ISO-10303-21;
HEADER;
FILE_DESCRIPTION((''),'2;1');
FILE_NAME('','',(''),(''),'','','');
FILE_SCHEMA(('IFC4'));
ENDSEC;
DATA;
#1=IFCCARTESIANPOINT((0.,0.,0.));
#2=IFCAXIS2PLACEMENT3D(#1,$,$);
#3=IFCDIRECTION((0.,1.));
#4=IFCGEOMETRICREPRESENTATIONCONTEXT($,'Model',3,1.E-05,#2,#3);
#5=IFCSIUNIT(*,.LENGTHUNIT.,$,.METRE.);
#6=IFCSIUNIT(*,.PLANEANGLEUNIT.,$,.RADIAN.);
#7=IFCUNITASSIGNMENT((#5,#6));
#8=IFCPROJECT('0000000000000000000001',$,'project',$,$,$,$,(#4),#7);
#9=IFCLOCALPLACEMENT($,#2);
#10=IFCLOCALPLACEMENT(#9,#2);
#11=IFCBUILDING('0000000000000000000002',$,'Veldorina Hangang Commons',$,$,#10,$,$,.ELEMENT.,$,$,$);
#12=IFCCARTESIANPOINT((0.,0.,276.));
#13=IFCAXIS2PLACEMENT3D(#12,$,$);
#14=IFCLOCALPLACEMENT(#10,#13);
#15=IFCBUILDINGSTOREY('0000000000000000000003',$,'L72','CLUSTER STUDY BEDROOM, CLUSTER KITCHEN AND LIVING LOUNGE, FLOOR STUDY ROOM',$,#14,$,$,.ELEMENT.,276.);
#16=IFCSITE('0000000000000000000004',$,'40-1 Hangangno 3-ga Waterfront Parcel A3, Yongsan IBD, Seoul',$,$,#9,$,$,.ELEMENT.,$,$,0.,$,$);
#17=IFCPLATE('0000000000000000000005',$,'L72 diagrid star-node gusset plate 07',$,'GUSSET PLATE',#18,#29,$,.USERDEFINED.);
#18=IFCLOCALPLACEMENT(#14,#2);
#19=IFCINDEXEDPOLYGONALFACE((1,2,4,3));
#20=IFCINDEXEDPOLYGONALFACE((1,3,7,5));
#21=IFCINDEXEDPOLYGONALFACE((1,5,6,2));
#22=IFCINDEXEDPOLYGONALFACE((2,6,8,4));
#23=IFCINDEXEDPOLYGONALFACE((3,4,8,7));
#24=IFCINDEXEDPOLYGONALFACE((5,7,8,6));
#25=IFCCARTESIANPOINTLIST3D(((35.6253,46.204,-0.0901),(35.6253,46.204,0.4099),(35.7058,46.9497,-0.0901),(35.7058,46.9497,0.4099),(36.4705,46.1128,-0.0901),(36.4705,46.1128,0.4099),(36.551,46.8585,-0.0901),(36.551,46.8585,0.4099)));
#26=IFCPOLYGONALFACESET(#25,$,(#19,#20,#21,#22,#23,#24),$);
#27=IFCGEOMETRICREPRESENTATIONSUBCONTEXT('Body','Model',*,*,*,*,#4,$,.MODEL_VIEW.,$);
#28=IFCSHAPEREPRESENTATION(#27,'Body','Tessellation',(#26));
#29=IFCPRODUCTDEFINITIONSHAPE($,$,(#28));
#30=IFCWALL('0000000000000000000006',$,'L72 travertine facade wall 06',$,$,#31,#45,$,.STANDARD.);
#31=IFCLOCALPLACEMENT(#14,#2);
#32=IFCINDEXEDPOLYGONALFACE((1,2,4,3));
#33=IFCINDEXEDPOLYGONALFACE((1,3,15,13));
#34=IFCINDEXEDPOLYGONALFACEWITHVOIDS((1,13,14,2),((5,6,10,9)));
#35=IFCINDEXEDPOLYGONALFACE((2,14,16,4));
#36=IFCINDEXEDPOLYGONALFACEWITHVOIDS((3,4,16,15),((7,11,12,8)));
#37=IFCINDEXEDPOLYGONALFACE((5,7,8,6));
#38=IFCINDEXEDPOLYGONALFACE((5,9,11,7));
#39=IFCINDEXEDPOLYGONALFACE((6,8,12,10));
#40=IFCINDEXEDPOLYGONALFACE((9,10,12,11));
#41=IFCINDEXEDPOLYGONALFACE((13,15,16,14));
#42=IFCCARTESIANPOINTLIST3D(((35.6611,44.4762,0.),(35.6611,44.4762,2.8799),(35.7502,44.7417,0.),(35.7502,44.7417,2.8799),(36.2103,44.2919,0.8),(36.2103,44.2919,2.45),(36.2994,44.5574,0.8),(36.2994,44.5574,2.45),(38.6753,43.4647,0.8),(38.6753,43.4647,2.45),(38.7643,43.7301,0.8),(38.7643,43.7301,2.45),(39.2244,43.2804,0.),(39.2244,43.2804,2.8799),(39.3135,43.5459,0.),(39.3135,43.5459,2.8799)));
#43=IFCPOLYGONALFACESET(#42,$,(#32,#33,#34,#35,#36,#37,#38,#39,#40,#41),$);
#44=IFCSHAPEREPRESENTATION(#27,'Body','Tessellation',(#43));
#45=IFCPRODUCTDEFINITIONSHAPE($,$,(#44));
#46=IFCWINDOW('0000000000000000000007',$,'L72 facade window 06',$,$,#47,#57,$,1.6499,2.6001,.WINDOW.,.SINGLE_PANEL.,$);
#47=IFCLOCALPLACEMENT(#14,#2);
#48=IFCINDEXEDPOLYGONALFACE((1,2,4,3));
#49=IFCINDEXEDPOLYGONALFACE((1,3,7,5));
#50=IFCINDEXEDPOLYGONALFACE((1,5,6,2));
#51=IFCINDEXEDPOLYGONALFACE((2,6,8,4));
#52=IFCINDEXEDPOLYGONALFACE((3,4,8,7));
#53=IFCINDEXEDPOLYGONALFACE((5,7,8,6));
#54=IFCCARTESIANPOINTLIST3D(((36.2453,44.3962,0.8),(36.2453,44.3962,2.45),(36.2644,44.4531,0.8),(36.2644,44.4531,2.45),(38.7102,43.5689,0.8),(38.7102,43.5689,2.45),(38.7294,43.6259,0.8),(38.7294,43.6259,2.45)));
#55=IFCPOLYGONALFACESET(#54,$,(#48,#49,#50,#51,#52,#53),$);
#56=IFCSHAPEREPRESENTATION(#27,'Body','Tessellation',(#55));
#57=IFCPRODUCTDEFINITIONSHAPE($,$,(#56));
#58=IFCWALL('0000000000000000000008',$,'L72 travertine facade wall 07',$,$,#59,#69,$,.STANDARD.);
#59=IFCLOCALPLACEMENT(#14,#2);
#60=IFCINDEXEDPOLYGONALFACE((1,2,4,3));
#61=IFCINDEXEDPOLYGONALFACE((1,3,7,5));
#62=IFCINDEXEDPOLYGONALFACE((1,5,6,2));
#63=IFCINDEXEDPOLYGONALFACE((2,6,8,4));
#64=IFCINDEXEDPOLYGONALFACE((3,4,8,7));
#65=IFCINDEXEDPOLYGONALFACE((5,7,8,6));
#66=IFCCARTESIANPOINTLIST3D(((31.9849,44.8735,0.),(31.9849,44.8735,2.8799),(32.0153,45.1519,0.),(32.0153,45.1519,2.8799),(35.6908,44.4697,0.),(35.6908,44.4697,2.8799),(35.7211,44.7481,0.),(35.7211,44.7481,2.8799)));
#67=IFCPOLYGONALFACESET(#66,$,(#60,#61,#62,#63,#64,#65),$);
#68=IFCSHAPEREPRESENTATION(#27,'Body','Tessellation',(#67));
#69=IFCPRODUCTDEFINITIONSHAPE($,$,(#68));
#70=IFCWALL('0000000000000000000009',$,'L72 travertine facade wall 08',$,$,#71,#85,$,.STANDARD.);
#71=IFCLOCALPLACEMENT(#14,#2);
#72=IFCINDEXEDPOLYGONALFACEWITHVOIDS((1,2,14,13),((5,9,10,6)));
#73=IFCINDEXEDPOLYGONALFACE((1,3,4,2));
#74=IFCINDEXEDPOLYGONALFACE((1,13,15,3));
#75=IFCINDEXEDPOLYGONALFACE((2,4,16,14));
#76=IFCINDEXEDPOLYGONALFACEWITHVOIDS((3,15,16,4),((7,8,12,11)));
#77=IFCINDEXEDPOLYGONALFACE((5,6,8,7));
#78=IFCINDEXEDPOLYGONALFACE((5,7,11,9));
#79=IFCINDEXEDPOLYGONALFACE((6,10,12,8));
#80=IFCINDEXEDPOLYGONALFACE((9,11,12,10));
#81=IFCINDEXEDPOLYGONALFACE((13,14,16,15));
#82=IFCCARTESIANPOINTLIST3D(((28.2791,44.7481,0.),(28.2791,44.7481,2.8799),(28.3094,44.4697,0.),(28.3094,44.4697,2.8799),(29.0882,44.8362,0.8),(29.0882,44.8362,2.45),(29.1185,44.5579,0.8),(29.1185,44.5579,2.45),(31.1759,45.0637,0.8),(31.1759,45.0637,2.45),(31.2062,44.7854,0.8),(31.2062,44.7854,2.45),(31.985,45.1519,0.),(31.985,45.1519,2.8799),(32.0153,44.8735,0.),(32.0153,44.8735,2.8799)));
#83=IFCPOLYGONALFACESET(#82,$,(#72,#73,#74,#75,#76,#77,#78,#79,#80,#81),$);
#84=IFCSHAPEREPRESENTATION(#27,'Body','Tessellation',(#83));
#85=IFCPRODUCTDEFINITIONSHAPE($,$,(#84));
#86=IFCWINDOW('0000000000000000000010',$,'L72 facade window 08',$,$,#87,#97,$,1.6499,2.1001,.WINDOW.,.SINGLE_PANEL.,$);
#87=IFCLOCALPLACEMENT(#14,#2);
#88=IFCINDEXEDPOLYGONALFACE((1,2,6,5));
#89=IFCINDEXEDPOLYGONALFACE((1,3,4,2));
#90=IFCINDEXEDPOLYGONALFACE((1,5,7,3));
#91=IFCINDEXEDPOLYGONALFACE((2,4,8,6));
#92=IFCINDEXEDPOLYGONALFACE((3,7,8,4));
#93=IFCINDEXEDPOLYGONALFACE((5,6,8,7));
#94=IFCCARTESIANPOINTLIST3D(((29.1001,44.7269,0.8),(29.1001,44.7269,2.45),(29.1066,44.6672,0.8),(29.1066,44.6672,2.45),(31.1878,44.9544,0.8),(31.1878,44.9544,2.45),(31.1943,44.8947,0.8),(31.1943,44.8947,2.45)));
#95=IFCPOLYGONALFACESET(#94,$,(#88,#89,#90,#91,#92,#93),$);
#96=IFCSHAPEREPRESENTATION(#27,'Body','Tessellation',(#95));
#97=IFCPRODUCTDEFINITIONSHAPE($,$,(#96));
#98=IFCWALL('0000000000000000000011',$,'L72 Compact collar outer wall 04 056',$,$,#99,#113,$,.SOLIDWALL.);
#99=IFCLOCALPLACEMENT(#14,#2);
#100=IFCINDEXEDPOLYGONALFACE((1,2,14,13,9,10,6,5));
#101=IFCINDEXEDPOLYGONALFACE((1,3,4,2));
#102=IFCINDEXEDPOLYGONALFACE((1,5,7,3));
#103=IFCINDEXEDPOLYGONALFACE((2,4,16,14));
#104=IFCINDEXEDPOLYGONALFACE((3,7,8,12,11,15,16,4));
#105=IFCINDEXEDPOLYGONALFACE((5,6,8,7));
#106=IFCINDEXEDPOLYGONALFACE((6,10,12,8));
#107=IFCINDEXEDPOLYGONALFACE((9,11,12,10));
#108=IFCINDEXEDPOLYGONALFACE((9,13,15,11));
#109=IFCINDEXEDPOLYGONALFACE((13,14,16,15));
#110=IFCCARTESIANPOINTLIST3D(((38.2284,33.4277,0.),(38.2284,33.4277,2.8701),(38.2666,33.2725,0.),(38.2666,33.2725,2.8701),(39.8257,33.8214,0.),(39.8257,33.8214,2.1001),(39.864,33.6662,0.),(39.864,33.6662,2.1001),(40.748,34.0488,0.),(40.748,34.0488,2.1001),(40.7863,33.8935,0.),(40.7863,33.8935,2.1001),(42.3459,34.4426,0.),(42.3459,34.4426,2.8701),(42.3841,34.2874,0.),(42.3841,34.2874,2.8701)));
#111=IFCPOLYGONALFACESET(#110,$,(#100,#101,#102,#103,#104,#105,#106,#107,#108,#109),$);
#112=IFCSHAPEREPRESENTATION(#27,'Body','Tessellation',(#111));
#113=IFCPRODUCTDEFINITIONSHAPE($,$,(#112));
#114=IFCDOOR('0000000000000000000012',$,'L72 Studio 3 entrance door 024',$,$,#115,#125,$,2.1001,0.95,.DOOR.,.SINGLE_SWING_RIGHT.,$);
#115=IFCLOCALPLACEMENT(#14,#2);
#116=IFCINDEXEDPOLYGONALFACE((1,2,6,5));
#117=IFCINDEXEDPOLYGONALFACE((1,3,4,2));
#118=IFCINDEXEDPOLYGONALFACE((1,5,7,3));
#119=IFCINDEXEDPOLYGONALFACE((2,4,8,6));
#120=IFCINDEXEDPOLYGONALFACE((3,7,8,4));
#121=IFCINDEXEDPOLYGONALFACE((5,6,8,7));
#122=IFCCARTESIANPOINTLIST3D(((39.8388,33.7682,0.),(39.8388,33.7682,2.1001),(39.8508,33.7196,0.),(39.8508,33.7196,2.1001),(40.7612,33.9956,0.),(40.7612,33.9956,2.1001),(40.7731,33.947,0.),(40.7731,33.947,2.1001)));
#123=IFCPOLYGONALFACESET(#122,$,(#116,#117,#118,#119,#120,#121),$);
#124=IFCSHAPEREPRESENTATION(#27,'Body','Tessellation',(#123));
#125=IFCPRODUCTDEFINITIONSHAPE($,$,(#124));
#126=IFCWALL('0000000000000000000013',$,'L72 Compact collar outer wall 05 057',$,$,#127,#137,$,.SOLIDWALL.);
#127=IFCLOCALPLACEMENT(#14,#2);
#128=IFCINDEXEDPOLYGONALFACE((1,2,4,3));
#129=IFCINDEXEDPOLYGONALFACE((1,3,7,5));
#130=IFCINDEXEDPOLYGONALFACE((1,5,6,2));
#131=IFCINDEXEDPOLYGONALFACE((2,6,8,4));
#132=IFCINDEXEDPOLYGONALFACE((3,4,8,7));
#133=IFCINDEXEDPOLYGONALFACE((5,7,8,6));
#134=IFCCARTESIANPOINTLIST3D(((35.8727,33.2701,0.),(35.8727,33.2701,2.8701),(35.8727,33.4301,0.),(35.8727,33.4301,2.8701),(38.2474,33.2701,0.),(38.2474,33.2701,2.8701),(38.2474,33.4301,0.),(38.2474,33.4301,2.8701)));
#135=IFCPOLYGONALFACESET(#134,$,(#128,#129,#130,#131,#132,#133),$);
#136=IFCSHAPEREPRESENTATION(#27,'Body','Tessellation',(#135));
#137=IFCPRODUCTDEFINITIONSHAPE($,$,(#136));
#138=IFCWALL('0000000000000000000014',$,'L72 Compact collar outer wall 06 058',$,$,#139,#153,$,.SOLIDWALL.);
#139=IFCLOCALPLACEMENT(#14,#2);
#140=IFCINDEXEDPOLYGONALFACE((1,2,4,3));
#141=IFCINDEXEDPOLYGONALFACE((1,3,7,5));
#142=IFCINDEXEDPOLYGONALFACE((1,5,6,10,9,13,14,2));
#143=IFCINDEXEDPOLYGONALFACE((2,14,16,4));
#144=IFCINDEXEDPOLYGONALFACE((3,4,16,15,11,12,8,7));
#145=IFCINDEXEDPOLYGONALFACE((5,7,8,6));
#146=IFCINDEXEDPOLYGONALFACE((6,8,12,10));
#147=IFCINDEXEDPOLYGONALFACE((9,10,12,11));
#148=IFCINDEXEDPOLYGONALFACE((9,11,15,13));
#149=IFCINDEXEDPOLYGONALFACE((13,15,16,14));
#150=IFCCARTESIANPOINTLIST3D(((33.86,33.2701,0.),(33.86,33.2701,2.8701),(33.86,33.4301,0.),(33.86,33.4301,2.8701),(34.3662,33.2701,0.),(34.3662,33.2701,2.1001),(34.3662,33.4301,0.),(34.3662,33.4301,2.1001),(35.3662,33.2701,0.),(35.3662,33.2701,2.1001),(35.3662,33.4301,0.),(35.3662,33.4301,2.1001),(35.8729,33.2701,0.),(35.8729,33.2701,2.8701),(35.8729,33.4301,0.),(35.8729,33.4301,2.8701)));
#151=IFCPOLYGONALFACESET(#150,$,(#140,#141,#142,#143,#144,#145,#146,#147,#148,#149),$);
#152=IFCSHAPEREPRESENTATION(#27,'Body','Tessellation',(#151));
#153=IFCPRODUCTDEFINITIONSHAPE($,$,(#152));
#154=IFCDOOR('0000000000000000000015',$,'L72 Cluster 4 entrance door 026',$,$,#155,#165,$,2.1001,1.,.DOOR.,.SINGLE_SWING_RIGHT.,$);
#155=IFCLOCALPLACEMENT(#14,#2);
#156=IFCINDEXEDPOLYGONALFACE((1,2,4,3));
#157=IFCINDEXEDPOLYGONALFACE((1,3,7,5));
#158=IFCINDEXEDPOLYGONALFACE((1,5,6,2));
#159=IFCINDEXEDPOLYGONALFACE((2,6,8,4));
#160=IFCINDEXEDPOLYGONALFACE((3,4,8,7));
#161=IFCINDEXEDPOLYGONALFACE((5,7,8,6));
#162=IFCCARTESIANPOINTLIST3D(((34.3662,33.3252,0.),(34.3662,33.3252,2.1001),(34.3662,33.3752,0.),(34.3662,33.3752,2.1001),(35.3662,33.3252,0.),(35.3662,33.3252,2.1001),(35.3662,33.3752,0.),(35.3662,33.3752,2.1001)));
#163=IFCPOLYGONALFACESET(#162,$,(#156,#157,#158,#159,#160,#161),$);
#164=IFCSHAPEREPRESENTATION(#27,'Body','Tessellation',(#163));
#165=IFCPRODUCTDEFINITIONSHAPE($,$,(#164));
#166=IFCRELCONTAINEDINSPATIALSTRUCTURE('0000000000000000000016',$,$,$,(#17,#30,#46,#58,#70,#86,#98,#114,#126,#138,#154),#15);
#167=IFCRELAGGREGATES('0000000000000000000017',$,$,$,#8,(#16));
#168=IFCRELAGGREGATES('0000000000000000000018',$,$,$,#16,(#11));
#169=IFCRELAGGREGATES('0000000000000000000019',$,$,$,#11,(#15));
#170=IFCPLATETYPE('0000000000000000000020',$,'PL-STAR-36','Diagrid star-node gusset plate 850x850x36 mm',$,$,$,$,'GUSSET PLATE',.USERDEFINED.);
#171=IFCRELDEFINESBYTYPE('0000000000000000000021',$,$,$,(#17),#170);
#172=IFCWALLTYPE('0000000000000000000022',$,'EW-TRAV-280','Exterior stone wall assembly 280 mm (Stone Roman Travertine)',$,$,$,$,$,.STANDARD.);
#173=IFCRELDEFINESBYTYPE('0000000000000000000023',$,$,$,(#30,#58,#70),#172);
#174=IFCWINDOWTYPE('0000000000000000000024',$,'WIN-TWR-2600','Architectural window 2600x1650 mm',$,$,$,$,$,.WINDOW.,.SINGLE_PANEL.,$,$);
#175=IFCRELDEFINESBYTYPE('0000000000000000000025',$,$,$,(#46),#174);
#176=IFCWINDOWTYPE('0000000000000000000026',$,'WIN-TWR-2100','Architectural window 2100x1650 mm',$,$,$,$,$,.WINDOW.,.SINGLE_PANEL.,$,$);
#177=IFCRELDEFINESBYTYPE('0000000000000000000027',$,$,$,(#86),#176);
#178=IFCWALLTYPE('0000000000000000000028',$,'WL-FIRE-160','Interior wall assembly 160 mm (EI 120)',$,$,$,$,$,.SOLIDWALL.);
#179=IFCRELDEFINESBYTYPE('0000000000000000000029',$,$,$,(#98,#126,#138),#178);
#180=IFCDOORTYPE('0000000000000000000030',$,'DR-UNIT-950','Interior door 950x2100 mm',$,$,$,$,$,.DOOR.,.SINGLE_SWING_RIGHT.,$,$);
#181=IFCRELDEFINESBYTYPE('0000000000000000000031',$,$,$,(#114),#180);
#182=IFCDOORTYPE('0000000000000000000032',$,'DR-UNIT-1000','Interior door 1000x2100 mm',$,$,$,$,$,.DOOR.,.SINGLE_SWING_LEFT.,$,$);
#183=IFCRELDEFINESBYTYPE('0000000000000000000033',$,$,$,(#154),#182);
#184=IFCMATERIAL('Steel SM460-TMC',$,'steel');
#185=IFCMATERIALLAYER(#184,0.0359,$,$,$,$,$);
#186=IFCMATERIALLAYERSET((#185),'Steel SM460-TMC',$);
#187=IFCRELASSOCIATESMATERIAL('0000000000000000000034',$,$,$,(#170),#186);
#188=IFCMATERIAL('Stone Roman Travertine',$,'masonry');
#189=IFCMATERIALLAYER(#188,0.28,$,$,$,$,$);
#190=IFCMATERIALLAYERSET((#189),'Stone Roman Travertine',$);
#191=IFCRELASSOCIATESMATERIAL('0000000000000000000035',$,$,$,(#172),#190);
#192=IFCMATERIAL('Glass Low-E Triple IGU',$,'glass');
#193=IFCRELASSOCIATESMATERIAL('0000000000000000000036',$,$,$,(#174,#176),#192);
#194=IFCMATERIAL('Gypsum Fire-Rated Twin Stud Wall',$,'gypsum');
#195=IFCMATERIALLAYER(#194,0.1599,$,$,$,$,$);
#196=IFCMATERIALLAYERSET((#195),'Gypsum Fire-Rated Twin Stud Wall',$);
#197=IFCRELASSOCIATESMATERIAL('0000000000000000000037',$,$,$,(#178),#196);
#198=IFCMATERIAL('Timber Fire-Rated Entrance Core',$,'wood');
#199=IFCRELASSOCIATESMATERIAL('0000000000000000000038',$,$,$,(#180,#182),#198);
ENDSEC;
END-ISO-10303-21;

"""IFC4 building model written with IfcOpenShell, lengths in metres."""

from ifc_helpers import new_model, si_unit, direction, frame, frame_2d, origin, origin_2d, place, context, subcontext, project, spatial, rectangle, extrude, material, layer, layer_set, type_object, element, fill, save


model = new_model("IFC4")

# Units and contexts
model_context = context("Model", 3, precision=1e-05, world=origin(), true_north=direction((0.0, 1.0)))
body_context = subcontext(model_context, "Body", "Model", "MODEL_VIEW")
ifc_project = project(units=[si_unit("LENGTHUNIT", "METRE"), si_unit("PLANEANGLEUNIT", "RADIAN")], contexts=[model_context])

# Site, building, storey
site_placement = place(None, origin())
site = spatial("IfcSite", under=ifc_project, at=site_placement, Name="40-1 Hangangno 3-ga Waterfront Parcel A3, Yongsan IBD, Seoul", CompositionType="ELEMENT", RefElevation=0.0)
building_placement = place(site_placement, origin())
building = spatial("IfcBuilding", under=site, at=building_placement, Name="Veldorina Hangang Commons", CompositionType="ELEMENT")
storey_placement = place(building_placement, frame((0.0, 0.0, 276.0)))
storey = spatial("IfcBuildingStorey", under=building, at=storey_placement, Name="L72", Description="CLUSTER STUDY BEDROOM, CLUSTER KITCHEN AND LIVING LOUNGE, FLOOR STUDY ROOM", CompositionType="ELEMENT", Elevation=276.0)

# Plate
ifc_material_1 = material(Name="Steel SM460-TMC", Category="steel")
ifc_layer_1 = layer(ifc_material_1, 0.0359)
ifc_layer_set_1 = layer_set([ifc_layer_1], Name="Steel SM460-TMC")
plate_type = type_object("IfcPlateType", Name="PL-STAR-36", Description="Diagrid star-node gusset plate 850x850x36 mm", ElementType="GUSSET PLATE", PredefinedType="USERDEFINED", material=ifc_layer_set_1)
plate_1_placement = place(storey_placement, frame((36.0881, 46.5312, -0.0901), z_axis=(0.0, 0.0, 1.0), x_axis=(-0.994222, 0.10734, 0.0)))
element("IfcPlate", 1, at=plate_1_placement, inside=storey, type_object=plate_type, Name="L72 diagrid star-node gusset plate 07", ObjectType="GUSSET PLATE", PredefinedType="USERDEFINED", context=body_context, shape_type="SweptSolid", body=[
    extrude(rectangle(XDim=0.8501, YDim=0.75, at=origin_2d()), origin(), (0.0, 0.0, 1.0), 0.5),
])

# Wall, opening, window
ifc_material_2 = material(Name="Stone Roman Travertine", Category="masonry")
ifc_layer_2 = layer(ifc_material_2, 0.28)
ifc_layer_set_2 = layer_set([ifc_layer_2], Name="Stone Roman Travertine")
wall_type_1 = type_object("IfcWallType", Name="EW-TRAV-280", Description="Exterior stone wall assembly 280 mm (Stone Roman Travertine)", PredefinedType="STANDARD", material=ifc_layer_set_2)
wall_1_placement = place(storey_placement, frame((39.269, 43.4131, 0.0), z_axis=(0.0, 0.0, 1.0), x_axis=(-0.948038, 0.318156, 0.0)))
wall_1 = element("IfcWall", 2, at=wall_1_placement, inside=storey, type_object=wall_type_1, Name="L72 travertine facade wall 06", PredefinedType="STANDARD", context=body_context, shape_type="SweptSolid", body=[
    extrude(rectangle(XDim=3.7585, YDim=0.28, at=frame_2d((1.8794, 0.0))), origin(), (0.0, 0.0, 1.0), 2.8799),
])
opening_1_placement = place(wall_1_placement, frame((0.5793, 0.0, 0.8)))
opening_1 = element("IfcOpeningElement", 3, at=opening_1_placement, cuts=wall_1, PredefinedType="OPENING", context=body_context, shape_type="SweptSolid", body=[
    extrude(rectangle(XDim=2.6001, YDim=1.6499, at=frame_2d((1.3, 0.825))), frame((0.0, 0.1499, 0.0), z_axis=(0.0, -1.0, 0.0), x_axis=(1.0, 0.0, 0.0)), (0.0, 0.0, 1.0), 0.3),
])
ifc_material_3 = material(Name="Glass Low-E Triple IGU", Category="glass")
window_type_1 = type_object("IfcWindowType", Name="WIN-TWR-2600", Description="Architectural window 2600x1650 mm", PartitioningType="SINGLE_PANEL", PredefinedType="WINDOW", material=ifc_material_3)
window_1_placement = place(opening_1_placement, origin())
window_1 = element("IfcWindow", 4, at=window_1_placement, inside=storey, type_object=window_type_1, Name="L72 facade window 06", OverallHeight=1.6499, OverallWidth=2.6001, PartitioningType="SINGLE_PANEL", PredefinedType="WINDOW", context=body_context, shape_type="SweptSolid", body=[
    extrude(rectangle(XDim=2.6001, YDim=1.6499, at=frame_2d((1.3, 0.825))), frame((0.0, 0.03, 0.0), z_axis=(0.0, -1.0, 0.0), x_axis=(1.0, 0.0, 0.0)), (0.0, 0.0, 1.0), 0.0601),
])
fill(opening_1, window_1)

# Wall
wall_2_placement = place(storey_placement, frame((35.7058, 44.6089, 0.0), z_axis=(0.0, 0.0, 1.0), x_axis=(-0.994116, 0.108325, 0.0)))
element("IfcWall", 5, at=wall_2_placement, inside=storey, type_object=wall_type_1, Name="L72 travertine facade wall 07", PredefinedType="STANDARD", context=body_context, shape_type="SweptSolid", body=[
    extrude(rectangle(XDim=3.7278, YDim=0.28, at=frame_2d((1.8638, 0.0))), origin(), (0.0, 0.0, 1.0), 2.8799),
])

# Wall, opening, window
wall_3_placement = place(storey_placement, frame((32.0, 45.0127, 0.0), z_axis=(0.0, 0.0, 1.0), x_axis=(-0.994116, -0.108325, 0.0)))
wall_3 = element("IfcWall", 6, at=wall_3_placement, inside=storey, type_object=wall_type_1, Name="L72 travertine facade wall 08", PredefinedType="STANDARD", context=body_context, shape_type="SweptSolid", body=[
    extrude(rectangle(XDim=3.7278, YDim=0.28, at=frame_2d((1.8638, 0.0))), origin(), (0.0, 0.0, 1.0), 2.8799),
])
opening_2_placement = place(wall_3_placement, frame((0.8137, 0.0, 0.8)))
opening_2 = element("IfcOpeningElement", 7, at=opening_2_placement, cuts=wall_3, PredefinedType="OPENING", context=body_context, shape_type="SweptSolid", body=[
    extrude(rectangle(XDim=2.1001, YDim=1.6499, at=frame_2d((1.05, 0.825))), frame((0.0, 0.1499, 0.0), z_axis=(0.0, -1.0, 0.0), x_axis=(1.0, 0.0, 0.0)), (0.0, 0.0, 1.0), 0.3),
])
window_type_2 = type_object("IfcWindowType", Name="WIN-TWR-2100", Description="Architectural window 2100x1650 mm", PartitioningType="SINGLE_PANEL", PredefinedType="WINDOW", material=ifc_material_3)
window_2_placement = place(opening_2_placement, origin())
window_2 = element("IfcWindow", 8, at=window_2_placement, inside=storey, type_object=window_type_2, Name="L72 facade window 08", OverallHeight=1.6499, OverallWidth=2.1001, PartitioningType="SINGLE_PANEL", PredefinedType="WINDOW", context=body_context, shape_type="SweptSolid", body=[
    extrude(rectangle(XDim=2.1001, YDim=1.6499, at=frame_2d((1.05, 0.825))), frame((0.0, 0.03, 0.0), z_axis=(0.0, -1.0, 0.0), x_axis=(1.0, 0.0, 0.0)), (0.0, 0.0, 1.0), 0.0601),
])
fill(opening_2, window_2)

# Wall, opening, door
ifc_material_4 = material(Name="Gypsum Fire-Rated Twin Stud Wall", Category="gypsum")
ifc_layer_3 = layer(ifc_material_4, 0.1599)
ifc_layer_set_3 = layer_set([ifc_layer_3], Name="Gypsum Fire-Rated Twin Stud Wall")
wall_type_2 = type_object("IfcWallType", Name="WL-FIRE-160", Description="Interior wall assembly 160 mm (EI 120)", PredefinedType="SOLIDWALL", material=ifc_layer_set_3)
wall_4_placement = place(storey_placement, frame((42.365, 34.365, 0.0), z_axis=(0.0, 0.0, 1.0), x_axis=(-0.97094, -0.239324, 0.0)))
wall_4 = element("IfcWall", 9, at=wall_4_placement, inside=storey, type_object=wall_type_2, Name="L72 Compact collar outer wall 04 056", PredefinedType="SOLIDWALL", context=body_context, shape_type="SweptSolid", body=[
    extrude(rectangle(XDim=4.2407, YDim=0.1599, at=frame_2d((2.1204, 0.0))), origin(), (0.0, 0.0, 1.0), 2.8701),
])
opening_3_placement = place(wall_4_placement, frame((1.6455, 0.0, 0.0)))
opening_3 = element("IfcOpeningElement", 10, at=opening_3_placement, cuts=wall_4, PredefinedType="OPENING", context=body_context, shape_type="SweptSolid", body=[
    extrude(rectangle(XDim=0.95, YDim=2.1001, at=frame_2d((0.4751, 1.05))), frame((0.0, 0.0898, 0.0), z_axis=(0.0, -1.0, 0.0), x_axis=(1.0, 0.0, 0.0)), (0.0, 0.0, 1.0), 0.1799),
])
ifc_material_5 = material(Name="Timber Fire-Rated Entrance Core", Category="wood")
door_type_1 = type_object("IfcDoorType", Name="DR-UNIT-950", Description="Interior door 950x2100 mm", OperationType="SINGLE_SWING_RIGHT", PredefinedType="DOOR", material=ifc_material_5)
door_1_placement = place(opening_3_placement, origin())
door_1 = element("IfcDoor", 11, at=door_1_placement, inside=storey, type_object=door_type_1, Name="L72 Studio 3 entrance door 024", OperationType="SINGLE_SWING_RIGHT", OverallHeight=2.1001, OverallWidth=0.95, PredefinedType="DOOR", context=body_context, shape_type="SweptSolid", body=[
    extrude(rectangle(XDim=0.95, YDim=2.1001, at=frame_2d((0.4751, 1.05))), frame((0.0, 0.0249, 0.0), z_axis=(0.0, -1.0, 0.0), x_axis=(1.0, 0.0, 0.0)), (0.0, 0.0, 1.0), 0.05),
])
fill(opening_3, door_1)

# Wall
wall_5_placement = place(storey_placement, frame((38.2476, 33.3501, 0.0), z_axis=(0.0, 0.0, 1.0), x_axis=(-1.0, 0.0, 0.0)))
element("IfcWall", 12, at=wall_5_placement, inside=storey, type_object=wall_type_2, Name="L72 Compact collar outer wall 05 057", PredefinedType="SOLIDWALL", context=body_context, shape_type="SweptSolid", body=[
    extrude(rectangle(XDim=2.3748, YDim=0.1599, at=frame_2d((1.1875, 0.0))), origin(), (0.0, 0.0, 1.0), 2.8701),
])

# Wall, opening, door
wall_6_placement = place(storey_placement, frame((35.8728, 33.3501, 0.0), z_axis=(0.0, 0.0, 1.0), x_axis=(-1.0, 0.0, 0.0)))
wall_6 = element("IfcWall", 13, at=wall_6_placement, inside=storey, type_object=wall_type_2, Name="L72 Compact collar outer wall 06 058", PredefinedType="SOLIDWALL", context=body_context, shape_type="SweptSolid", body=[
    extrude(rectangle(XDim=2.0129, YDim=0.1599, at=frame_2d((1.0063, 0.0))), origin(), (0.0, 0.0, 1.0), 2.8701),
])
opening_4_placement = place(wall_6_placement, frame((0.5066, 0.0, 0.0)))
opening_4 = element("IfcOpeningElement", 14, at=opening_4_placement, cuts=wall_6, PredefinedType="OPENING", context=body_context, shape_type="SweptSolid", body=[
    extrude(rectangle(XDim=1.0, YDim=2.1001, at=frame_2d((0.5, 1.05))), frame((0.0, 0.0898, 0.0), z_axis=(0.0, -1.0, 0.0), x_axis=(1.0, 0.0, 0.0)), (0.0, 0.0, 1.0), 0.1799),
])
door_type_2 = type_object("IfcDoorType", Name="DR-UNIT-1000", Description="Interior door 1000x2100 mm", OperationType="SINGLE_SWING_LEFT", PredefinedType="DOOR", material=ifc_material_5)
door_2_placement = place(opening_4_placement, origin())
door_2 = element("IfcDoor", 15, at=door_2_placement, inside=storey, type_object=door_type_2, Name="L72 Cluster 4 entrance door 026", OperationType="SINGLE_SWING_RIGHT", OverallHeight=2.1001, OverallWidth=1.0, PredefinedType="DOOR", context=body_context, shape_type="SweptSolid", body=[
    extrude(rectangle(XDim=1.0, YDim=2.1001, at=frame_2d((0.5, 1.05))), frame((0.0, 0.0249, 0.0), z_axis=(0.0, -1.0, 0.0), x_axis=(1.0, 0.0, 0.0)), (0.0, 0.0, 1.0), 0.05),
])
fill(opening_4, door_2)

save(model, "model.ifc")
